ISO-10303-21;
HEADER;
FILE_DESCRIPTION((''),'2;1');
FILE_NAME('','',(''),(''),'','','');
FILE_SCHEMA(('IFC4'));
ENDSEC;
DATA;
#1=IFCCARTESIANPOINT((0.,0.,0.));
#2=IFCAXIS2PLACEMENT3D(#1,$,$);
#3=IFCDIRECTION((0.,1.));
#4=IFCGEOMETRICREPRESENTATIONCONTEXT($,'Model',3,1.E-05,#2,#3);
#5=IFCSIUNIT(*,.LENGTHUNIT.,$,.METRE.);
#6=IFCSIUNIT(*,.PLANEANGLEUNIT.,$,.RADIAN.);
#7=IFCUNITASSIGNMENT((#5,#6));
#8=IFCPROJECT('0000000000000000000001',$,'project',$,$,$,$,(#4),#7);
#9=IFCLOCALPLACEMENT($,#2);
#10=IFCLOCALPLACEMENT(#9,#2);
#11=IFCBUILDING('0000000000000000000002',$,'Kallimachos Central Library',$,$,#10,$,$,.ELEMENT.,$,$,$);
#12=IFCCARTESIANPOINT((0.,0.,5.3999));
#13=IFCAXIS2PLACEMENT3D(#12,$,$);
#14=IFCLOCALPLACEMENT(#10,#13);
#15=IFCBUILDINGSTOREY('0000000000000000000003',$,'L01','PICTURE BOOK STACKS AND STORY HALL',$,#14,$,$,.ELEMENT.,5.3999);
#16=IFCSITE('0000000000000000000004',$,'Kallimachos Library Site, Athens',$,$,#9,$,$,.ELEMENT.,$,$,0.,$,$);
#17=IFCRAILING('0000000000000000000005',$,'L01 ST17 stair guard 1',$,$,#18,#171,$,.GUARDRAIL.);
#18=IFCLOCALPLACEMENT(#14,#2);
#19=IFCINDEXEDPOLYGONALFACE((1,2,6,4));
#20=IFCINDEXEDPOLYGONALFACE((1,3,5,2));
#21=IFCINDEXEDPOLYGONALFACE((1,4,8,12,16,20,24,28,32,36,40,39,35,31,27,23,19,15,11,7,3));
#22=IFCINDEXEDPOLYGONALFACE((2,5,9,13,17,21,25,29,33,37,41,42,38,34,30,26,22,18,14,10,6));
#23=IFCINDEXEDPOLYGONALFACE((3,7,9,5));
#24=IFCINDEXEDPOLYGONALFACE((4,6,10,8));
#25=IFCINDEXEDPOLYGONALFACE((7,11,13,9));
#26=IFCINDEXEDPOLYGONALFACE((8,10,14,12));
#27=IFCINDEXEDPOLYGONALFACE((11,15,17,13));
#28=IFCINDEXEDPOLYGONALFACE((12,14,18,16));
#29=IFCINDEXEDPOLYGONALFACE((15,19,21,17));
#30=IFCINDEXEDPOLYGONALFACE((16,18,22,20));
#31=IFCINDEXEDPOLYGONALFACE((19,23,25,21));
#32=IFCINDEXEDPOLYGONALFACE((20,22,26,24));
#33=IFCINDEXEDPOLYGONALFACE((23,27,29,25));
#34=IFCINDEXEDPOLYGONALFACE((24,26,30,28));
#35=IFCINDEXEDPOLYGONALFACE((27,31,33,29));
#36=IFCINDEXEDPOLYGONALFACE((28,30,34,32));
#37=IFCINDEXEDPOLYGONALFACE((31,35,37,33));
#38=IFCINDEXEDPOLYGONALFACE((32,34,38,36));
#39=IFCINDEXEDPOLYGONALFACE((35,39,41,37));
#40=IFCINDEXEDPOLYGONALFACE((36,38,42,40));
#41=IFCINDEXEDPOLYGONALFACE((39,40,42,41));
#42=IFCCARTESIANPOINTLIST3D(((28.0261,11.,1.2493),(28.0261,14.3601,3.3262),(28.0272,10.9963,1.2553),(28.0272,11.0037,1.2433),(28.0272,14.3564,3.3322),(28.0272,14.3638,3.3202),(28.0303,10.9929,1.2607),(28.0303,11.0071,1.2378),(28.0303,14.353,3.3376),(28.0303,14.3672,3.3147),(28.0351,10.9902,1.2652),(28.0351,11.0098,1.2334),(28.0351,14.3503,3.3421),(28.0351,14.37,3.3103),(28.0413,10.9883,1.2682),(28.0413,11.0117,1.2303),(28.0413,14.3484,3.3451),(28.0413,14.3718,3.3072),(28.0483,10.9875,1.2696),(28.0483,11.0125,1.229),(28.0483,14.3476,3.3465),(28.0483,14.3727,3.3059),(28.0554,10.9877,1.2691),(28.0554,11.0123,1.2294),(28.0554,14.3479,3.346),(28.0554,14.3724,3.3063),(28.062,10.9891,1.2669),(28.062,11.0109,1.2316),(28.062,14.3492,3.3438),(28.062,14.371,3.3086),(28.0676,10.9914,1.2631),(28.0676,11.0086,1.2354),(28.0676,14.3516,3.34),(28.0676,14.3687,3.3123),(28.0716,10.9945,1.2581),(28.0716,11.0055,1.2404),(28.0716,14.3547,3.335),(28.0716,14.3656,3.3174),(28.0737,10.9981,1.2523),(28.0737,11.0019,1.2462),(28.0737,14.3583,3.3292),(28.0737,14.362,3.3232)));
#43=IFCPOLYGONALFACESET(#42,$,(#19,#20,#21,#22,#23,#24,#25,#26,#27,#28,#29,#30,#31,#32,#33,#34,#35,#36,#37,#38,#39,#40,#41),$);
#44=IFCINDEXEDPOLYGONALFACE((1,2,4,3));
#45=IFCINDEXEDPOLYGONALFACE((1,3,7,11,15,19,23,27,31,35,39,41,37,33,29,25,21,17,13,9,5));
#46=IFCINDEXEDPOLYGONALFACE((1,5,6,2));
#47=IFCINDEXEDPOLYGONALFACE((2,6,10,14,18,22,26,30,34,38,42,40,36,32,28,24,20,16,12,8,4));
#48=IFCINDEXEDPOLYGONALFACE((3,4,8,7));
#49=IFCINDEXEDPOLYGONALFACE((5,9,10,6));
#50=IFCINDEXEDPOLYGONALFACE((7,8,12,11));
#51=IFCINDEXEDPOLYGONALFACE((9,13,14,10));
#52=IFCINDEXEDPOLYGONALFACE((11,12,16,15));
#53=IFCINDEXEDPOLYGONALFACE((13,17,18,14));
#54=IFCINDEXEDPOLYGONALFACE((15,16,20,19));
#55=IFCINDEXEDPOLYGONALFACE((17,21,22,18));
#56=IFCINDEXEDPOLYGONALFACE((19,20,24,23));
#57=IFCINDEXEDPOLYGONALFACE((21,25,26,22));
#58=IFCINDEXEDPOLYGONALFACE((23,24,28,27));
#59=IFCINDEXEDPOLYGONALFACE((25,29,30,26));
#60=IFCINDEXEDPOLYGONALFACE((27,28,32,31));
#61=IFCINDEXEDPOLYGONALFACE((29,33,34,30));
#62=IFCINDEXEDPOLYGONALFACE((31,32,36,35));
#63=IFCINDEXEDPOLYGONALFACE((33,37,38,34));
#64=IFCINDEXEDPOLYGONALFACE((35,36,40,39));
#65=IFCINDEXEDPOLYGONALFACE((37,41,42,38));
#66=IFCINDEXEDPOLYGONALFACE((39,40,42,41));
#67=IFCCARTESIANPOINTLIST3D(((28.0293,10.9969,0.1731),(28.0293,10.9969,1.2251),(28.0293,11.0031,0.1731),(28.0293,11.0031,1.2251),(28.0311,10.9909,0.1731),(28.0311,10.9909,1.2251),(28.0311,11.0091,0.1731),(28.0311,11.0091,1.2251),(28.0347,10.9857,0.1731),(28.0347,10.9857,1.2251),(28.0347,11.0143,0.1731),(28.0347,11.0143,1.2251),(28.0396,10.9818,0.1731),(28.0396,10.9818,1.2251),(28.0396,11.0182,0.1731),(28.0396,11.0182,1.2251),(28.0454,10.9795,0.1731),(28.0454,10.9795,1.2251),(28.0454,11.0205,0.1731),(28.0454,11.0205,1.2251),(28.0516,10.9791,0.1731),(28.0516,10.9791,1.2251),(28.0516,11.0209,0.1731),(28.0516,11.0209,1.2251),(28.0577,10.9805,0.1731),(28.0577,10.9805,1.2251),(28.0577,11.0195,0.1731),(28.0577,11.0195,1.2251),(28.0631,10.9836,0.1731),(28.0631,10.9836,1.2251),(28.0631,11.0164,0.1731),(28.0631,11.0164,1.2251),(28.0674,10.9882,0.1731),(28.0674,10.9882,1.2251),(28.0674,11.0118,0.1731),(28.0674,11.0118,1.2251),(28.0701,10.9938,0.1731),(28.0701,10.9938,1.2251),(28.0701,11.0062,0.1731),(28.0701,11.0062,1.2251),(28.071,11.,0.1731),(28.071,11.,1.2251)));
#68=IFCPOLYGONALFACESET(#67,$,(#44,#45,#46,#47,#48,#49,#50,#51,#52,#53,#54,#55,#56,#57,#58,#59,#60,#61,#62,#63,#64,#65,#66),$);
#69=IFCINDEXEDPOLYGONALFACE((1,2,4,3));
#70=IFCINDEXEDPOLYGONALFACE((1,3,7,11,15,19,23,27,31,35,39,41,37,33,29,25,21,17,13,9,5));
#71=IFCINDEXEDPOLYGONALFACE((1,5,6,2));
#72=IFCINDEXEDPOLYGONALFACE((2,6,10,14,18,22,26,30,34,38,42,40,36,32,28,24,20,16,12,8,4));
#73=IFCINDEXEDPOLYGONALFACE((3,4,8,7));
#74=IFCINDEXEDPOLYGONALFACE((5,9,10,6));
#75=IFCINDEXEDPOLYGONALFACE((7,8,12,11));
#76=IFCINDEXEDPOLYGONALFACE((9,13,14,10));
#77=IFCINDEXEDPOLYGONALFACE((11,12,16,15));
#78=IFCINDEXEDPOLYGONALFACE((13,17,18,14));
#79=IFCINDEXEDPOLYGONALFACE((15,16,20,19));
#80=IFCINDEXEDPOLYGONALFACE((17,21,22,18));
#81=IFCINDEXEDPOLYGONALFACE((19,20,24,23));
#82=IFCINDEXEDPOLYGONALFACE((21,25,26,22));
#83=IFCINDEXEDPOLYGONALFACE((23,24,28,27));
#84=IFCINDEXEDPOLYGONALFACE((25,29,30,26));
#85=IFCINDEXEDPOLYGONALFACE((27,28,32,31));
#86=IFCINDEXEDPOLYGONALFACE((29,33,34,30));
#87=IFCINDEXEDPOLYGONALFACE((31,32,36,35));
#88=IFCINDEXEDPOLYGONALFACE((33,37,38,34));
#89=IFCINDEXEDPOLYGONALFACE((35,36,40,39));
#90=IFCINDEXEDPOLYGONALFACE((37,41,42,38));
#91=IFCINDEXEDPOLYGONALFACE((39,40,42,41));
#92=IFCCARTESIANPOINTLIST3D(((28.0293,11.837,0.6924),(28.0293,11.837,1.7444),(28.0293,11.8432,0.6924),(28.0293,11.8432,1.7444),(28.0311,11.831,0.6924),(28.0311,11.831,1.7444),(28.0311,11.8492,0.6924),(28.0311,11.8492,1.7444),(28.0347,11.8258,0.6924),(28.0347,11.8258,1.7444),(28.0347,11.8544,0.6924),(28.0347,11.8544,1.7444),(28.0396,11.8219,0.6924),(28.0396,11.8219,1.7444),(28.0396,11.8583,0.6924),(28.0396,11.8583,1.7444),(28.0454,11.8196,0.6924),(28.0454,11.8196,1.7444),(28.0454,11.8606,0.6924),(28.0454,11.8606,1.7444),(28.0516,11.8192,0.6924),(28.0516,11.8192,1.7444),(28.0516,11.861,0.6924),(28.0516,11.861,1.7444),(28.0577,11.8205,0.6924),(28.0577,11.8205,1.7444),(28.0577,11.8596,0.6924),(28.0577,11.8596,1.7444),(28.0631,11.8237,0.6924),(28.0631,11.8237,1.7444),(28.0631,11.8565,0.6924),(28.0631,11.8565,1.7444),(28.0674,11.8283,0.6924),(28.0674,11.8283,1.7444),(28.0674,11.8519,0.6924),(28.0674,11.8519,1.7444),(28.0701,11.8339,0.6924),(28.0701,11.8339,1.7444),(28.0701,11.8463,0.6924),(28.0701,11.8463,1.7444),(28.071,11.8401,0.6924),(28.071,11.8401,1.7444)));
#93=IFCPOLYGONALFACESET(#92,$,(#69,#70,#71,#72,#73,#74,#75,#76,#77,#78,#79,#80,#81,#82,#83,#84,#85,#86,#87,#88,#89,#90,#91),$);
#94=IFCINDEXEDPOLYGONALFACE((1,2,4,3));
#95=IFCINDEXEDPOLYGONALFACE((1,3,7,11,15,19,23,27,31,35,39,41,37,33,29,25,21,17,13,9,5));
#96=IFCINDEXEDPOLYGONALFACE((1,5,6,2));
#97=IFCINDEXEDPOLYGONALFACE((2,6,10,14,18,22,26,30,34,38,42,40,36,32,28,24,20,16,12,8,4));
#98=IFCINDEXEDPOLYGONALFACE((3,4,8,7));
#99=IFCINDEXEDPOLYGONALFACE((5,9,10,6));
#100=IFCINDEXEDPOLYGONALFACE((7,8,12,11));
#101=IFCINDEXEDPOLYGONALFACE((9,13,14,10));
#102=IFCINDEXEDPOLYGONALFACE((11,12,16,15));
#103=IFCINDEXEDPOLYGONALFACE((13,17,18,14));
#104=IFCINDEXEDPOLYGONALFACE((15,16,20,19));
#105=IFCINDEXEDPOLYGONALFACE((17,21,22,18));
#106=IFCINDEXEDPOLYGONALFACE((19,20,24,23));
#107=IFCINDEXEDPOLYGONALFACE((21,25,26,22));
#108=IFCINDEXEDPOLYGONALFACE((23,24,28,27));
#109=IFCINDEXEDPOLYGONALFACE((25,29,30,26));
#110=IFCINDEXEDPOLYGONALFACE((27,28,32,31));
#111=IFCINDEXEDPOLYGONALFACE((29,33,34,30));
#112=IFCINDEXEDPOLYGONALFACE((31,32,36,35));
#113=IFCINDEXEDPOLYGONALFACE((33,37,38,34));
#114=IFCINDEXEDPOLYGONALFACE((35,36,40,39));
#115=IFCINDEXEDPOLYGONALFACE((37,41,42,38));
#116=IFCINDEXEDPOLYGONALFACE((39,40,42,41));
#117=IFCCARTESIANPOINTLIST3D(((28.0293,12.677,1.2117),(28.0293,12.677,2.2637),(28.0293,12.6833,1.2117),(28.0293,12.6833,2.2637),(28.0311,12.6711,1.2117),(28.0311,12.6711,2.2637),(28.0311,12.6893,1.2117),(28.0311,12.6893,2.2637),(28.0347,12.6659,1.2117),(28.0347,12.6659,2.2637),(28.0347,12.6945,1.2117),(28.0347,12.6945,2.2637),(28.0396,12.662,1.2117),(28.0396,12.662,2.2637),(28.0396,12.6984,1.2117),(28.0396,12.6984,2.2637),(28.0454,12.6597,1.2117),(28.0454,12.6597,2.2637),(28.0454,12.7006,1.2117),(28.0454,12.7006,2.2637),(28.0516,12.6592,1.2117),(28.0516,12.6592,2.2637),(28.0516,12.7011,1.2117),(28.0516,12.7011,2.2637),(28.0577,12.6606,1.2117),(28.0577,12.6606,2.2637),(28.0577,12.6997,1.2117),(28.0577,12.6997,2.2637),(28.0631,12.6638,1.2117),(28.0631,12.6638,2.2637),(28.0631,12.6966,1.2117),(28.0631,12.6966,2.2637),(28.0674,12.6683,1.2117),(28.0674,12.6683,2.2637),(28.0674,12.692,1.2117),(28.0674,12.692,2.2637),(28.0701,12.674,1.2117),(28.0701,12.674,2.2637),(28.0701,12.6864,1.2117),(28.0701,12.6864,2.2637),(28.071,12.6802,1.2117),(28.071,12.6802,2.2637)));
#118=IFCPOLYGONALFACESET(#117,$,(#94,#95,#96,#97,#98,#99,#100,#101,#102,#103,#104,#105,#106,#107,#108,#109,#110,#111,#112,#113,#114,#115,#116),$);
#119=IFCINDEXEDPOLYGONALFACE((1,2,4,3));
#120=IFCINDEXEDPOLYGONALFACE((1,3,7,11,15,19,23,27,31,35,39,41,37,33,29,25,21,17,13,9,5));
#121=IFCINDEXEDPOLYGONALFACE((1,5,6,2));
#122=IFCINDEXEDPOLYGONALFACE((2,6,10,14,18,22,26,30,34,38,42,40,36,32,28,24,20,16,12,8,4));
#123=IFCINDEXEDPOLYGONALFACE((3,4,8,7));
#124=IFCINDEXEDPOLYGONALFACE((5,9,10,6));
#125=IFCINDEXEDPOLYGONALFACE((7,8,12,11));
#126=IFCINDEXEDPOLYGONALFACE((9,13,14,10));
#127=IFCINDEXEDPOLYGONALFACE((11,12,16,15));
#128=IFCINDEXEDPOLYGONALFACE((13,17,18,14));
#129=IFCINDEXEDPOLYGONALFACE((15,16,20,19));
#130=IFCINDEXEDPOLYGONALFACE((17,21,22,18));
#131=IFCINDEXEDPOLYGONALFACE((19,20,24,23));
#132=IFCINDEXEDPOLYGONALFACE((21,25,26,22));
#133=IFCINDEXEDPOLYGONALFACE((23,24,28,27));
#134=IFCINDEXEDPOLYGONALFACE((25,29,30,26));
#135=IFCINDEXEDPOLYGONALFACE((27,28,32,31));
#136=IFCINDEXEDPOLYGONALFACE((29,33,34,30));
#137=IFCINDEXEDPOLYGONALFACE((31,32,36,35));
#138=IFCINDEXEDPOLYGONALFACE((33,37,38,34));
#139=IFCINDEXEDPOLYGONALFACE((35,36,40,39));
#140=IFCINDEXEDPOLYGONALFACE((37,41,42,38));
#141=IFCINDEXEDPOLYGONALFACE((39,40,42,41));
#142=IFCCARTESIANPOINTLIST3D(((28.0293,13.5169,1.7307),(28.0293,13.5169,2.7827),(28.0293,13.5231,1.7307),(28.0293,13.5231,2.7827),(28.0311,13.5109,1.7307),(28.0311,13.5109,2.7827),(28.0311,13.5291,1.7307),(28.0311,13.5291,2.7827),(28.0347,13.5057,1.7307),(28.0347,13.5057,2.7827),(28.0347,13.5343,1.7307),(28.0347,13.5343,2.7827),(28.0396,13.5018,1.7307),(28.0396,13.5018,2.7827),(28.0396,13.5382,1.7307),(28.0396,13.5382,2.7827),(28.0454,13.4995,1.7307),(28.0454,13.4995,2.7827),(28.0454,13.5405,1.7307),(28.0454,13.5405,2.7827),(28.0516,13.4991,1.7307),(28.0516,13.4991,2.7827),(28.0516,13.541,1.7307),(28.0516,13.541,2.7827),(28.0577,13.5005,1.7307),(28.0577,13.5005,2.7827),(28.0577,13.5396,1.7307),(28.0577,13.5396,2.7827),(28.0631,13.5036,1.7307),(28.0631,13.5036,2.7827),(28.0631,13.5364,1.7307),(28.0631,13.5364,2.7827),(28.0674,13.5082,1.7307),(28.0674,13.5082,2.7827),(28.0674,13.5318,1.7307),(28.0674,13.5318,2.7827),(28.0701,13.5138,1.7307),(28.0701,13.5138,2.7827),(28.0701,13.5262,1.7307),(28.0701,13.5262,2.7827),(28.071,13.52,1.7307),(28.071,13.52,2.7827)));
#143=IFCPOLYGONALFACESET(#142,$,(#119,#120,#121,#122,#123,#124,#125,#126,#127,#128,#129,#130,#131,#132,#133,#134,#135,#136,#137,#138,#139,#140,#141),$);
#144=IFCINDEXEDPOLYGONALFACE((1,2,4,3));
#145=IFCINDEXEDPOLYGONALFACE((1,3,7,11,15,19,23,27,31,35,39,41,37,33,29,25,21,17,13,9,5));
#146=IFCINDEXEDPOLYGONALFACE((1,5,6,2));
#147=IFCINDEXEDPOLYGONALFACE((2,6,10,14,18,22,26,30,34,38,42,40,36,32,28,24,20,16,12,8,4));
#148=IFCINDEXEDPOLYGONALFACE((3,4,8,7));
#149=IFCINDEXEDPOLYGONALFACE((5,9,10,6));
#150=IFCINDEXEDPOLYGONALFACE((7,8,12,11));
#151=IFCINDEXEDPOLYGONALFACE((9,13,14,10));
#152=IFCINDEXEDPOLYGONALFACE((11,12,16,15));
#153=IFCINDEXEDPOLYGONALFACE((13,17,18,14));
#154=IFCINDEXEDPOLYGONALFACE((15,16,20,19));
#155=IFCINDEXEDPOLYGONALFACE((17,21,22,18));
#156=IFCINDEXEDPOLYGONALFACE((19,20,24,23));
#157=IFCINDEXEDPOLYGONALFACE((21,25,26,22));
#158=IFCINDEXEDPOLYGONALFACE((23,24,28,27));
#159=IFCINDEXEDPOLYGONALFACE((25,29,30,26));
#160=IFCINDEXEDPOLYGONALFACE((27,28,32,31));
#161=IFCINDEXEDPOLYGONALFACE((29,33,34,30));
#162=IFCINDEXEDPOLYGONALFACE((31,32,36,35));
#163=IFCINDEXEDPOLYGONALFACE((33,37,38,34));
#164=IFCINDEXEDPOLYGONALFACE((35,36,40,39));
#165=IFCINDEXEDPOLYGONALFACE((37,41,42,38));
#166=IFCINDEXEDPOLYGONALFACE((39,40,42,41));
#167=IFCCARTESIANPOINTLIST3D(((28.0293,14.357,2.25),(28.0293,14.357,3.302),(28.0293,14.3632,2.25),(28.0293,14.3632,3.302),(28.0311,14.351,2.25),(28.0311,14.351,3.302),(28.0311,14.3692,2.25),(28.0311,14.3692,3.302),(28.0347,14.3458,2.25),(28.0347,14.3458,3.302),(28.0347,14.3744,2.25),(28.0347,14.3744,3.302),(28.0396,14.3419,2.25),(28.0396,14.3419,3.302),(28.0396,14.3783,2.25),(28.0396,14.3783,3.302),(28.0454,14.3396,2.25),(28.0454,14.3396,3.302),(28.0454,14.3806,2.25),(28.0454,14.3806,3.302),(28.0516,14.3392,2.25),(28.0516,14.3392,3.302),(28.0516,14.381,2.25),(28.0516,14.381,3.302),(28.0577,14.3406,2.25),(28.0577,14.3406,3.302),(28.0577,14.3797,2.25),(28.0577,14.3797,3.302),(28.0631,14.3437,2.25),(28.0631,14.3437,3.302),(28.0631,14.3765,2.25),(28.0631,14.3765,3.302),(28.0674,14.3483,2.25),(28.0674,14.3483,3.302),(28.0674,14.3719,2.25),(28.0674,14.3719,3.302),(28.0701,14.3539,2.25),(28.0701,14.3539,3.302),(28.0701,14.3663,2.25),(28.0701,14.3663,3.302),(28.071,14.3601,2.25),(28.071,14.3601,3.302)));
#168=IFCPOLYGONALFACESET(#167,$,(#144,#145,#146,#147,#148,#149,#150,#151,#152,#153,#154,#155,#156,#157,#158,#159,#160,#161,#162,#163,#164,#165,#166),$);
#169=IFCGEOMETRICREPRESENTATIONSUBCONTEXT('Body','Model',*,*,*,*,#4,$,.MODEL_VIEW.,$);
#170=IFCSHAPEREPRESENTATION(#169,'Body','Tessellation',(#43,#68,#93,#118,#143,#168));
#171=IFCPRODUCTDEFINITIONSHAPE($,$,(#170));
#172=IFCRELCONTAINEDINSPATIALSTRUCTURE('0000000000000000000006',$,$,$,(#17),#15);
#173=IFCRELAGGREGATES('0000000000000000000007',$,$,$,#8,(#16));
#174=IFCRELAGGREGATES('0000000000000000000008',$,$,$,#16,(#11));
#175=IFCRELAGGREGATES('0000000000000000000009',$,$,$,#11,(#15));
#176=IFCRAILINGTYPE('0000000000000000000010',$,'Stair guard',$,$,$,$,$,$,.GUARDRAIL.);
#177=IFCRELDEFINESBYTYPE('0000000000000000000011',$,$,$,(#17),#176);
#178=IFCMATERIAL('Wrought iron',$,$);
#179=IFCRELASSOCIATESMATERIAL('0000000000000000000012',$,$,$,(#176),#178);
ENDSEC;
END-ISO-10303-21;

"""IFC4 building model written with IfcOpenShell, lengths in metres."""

from ifc_helpers import new_model, si_unit, direction, frame, origin, origin_2d, place, context, subcontext, project, spatial, circle, extrude, material, type_object, element, save


model = new_model("IFC4")

# Units and contexts
model_context = context("Model", 3, precision=1e-05, world=origin(), true_north=direction((0.0, 1.0)))
body_context = subcontext(model_context, "Body", "Model", "MODEL_VIEW")
ifc_project = project(units=[si_unit("LENGTHUNIT", "METRE"), si_unit("PLANEANGLEUNIT", "RADIAN")], contexts=[model_context])

# Site, building, storey
site_placement = place(None, origin())
site = spatial("IfcSite", under=ifc_project, at=site_placement, Name="Kallimachos Library Site, Athens", CompositionType="ELEMENT", RefElevation=0.0)
building_placement = place(site_placement, origin())
building = spatial("IfcBuilding", under=site, at=building_placement, Name="Kallimachos Central Library", CompositionType="ELEMENT")
storey_placement = place(building_placement, frame((0.0, 0.0, 5.3999)))
storey = spatial("IfcBuildingStorey", under=building, at=storey_placement, Name="L01", Description="PICTURE BOOK STACKS AND STORY HALL", CompositionType="ELEMENT", Elevation=5.3999)

# Railing
ifc_material_1 = material(Name="Wrought iron")
railing_type_1 = type_object("IfcRailingType", Name="Stair guard", PredefinedType="GUARDRAIL", material=ifc_material_1)
railing_1_placement = place(storey_placement, frame((28.05, 11.0, 0.1731)))
element("IfcRailing", 1, at=railing_1_placement, inside=storey, type_object=railing_type_1, Name="L01 ST17 stair guard 1", PredefinedType="GUARDRAIL", context=body_context, shape_type="SweptSolid", body=[
    extrude(circle(Radius=0.0239, at=origin_2d()), frame((0.0, 0.0, 1.0762), z_axis=(0.0, 0.850623, 0.525776), x_axis=(-1.0, 0.0, 0.0)), (0.0, 0.0, 1.0), 3.9502),
    extrude(circle(Radius=0.021, at=origin_2d()), origin(), (0.0, 0.0, 1.0), 1.052),
    extrude(circle(Radius=0.021, at=origin_2d()), frame((0.0, 0.8401, 0.5193)), (0.0, 0.0, 1.0), 1.052),
    extrude(circle(Radius=0.021, at=origin_2d()), frame((0.0, 1.6802, 1.0386)), (0.0, 0.0, 1.0), 1.052),
    extrude(circle(Radius=0.021, at=origin_2d()), frame((0.0, 2.52, 1.5576)), (0.0, 0.0, 1.0), 1.052),
    extrude(circle(Radius=0.021, at=origin_2d()), frame((0.0, 3.3601, 2.0769)), (0.0, 0.0, 1.0), 1.052),
])

save(model, "model.ifc")
